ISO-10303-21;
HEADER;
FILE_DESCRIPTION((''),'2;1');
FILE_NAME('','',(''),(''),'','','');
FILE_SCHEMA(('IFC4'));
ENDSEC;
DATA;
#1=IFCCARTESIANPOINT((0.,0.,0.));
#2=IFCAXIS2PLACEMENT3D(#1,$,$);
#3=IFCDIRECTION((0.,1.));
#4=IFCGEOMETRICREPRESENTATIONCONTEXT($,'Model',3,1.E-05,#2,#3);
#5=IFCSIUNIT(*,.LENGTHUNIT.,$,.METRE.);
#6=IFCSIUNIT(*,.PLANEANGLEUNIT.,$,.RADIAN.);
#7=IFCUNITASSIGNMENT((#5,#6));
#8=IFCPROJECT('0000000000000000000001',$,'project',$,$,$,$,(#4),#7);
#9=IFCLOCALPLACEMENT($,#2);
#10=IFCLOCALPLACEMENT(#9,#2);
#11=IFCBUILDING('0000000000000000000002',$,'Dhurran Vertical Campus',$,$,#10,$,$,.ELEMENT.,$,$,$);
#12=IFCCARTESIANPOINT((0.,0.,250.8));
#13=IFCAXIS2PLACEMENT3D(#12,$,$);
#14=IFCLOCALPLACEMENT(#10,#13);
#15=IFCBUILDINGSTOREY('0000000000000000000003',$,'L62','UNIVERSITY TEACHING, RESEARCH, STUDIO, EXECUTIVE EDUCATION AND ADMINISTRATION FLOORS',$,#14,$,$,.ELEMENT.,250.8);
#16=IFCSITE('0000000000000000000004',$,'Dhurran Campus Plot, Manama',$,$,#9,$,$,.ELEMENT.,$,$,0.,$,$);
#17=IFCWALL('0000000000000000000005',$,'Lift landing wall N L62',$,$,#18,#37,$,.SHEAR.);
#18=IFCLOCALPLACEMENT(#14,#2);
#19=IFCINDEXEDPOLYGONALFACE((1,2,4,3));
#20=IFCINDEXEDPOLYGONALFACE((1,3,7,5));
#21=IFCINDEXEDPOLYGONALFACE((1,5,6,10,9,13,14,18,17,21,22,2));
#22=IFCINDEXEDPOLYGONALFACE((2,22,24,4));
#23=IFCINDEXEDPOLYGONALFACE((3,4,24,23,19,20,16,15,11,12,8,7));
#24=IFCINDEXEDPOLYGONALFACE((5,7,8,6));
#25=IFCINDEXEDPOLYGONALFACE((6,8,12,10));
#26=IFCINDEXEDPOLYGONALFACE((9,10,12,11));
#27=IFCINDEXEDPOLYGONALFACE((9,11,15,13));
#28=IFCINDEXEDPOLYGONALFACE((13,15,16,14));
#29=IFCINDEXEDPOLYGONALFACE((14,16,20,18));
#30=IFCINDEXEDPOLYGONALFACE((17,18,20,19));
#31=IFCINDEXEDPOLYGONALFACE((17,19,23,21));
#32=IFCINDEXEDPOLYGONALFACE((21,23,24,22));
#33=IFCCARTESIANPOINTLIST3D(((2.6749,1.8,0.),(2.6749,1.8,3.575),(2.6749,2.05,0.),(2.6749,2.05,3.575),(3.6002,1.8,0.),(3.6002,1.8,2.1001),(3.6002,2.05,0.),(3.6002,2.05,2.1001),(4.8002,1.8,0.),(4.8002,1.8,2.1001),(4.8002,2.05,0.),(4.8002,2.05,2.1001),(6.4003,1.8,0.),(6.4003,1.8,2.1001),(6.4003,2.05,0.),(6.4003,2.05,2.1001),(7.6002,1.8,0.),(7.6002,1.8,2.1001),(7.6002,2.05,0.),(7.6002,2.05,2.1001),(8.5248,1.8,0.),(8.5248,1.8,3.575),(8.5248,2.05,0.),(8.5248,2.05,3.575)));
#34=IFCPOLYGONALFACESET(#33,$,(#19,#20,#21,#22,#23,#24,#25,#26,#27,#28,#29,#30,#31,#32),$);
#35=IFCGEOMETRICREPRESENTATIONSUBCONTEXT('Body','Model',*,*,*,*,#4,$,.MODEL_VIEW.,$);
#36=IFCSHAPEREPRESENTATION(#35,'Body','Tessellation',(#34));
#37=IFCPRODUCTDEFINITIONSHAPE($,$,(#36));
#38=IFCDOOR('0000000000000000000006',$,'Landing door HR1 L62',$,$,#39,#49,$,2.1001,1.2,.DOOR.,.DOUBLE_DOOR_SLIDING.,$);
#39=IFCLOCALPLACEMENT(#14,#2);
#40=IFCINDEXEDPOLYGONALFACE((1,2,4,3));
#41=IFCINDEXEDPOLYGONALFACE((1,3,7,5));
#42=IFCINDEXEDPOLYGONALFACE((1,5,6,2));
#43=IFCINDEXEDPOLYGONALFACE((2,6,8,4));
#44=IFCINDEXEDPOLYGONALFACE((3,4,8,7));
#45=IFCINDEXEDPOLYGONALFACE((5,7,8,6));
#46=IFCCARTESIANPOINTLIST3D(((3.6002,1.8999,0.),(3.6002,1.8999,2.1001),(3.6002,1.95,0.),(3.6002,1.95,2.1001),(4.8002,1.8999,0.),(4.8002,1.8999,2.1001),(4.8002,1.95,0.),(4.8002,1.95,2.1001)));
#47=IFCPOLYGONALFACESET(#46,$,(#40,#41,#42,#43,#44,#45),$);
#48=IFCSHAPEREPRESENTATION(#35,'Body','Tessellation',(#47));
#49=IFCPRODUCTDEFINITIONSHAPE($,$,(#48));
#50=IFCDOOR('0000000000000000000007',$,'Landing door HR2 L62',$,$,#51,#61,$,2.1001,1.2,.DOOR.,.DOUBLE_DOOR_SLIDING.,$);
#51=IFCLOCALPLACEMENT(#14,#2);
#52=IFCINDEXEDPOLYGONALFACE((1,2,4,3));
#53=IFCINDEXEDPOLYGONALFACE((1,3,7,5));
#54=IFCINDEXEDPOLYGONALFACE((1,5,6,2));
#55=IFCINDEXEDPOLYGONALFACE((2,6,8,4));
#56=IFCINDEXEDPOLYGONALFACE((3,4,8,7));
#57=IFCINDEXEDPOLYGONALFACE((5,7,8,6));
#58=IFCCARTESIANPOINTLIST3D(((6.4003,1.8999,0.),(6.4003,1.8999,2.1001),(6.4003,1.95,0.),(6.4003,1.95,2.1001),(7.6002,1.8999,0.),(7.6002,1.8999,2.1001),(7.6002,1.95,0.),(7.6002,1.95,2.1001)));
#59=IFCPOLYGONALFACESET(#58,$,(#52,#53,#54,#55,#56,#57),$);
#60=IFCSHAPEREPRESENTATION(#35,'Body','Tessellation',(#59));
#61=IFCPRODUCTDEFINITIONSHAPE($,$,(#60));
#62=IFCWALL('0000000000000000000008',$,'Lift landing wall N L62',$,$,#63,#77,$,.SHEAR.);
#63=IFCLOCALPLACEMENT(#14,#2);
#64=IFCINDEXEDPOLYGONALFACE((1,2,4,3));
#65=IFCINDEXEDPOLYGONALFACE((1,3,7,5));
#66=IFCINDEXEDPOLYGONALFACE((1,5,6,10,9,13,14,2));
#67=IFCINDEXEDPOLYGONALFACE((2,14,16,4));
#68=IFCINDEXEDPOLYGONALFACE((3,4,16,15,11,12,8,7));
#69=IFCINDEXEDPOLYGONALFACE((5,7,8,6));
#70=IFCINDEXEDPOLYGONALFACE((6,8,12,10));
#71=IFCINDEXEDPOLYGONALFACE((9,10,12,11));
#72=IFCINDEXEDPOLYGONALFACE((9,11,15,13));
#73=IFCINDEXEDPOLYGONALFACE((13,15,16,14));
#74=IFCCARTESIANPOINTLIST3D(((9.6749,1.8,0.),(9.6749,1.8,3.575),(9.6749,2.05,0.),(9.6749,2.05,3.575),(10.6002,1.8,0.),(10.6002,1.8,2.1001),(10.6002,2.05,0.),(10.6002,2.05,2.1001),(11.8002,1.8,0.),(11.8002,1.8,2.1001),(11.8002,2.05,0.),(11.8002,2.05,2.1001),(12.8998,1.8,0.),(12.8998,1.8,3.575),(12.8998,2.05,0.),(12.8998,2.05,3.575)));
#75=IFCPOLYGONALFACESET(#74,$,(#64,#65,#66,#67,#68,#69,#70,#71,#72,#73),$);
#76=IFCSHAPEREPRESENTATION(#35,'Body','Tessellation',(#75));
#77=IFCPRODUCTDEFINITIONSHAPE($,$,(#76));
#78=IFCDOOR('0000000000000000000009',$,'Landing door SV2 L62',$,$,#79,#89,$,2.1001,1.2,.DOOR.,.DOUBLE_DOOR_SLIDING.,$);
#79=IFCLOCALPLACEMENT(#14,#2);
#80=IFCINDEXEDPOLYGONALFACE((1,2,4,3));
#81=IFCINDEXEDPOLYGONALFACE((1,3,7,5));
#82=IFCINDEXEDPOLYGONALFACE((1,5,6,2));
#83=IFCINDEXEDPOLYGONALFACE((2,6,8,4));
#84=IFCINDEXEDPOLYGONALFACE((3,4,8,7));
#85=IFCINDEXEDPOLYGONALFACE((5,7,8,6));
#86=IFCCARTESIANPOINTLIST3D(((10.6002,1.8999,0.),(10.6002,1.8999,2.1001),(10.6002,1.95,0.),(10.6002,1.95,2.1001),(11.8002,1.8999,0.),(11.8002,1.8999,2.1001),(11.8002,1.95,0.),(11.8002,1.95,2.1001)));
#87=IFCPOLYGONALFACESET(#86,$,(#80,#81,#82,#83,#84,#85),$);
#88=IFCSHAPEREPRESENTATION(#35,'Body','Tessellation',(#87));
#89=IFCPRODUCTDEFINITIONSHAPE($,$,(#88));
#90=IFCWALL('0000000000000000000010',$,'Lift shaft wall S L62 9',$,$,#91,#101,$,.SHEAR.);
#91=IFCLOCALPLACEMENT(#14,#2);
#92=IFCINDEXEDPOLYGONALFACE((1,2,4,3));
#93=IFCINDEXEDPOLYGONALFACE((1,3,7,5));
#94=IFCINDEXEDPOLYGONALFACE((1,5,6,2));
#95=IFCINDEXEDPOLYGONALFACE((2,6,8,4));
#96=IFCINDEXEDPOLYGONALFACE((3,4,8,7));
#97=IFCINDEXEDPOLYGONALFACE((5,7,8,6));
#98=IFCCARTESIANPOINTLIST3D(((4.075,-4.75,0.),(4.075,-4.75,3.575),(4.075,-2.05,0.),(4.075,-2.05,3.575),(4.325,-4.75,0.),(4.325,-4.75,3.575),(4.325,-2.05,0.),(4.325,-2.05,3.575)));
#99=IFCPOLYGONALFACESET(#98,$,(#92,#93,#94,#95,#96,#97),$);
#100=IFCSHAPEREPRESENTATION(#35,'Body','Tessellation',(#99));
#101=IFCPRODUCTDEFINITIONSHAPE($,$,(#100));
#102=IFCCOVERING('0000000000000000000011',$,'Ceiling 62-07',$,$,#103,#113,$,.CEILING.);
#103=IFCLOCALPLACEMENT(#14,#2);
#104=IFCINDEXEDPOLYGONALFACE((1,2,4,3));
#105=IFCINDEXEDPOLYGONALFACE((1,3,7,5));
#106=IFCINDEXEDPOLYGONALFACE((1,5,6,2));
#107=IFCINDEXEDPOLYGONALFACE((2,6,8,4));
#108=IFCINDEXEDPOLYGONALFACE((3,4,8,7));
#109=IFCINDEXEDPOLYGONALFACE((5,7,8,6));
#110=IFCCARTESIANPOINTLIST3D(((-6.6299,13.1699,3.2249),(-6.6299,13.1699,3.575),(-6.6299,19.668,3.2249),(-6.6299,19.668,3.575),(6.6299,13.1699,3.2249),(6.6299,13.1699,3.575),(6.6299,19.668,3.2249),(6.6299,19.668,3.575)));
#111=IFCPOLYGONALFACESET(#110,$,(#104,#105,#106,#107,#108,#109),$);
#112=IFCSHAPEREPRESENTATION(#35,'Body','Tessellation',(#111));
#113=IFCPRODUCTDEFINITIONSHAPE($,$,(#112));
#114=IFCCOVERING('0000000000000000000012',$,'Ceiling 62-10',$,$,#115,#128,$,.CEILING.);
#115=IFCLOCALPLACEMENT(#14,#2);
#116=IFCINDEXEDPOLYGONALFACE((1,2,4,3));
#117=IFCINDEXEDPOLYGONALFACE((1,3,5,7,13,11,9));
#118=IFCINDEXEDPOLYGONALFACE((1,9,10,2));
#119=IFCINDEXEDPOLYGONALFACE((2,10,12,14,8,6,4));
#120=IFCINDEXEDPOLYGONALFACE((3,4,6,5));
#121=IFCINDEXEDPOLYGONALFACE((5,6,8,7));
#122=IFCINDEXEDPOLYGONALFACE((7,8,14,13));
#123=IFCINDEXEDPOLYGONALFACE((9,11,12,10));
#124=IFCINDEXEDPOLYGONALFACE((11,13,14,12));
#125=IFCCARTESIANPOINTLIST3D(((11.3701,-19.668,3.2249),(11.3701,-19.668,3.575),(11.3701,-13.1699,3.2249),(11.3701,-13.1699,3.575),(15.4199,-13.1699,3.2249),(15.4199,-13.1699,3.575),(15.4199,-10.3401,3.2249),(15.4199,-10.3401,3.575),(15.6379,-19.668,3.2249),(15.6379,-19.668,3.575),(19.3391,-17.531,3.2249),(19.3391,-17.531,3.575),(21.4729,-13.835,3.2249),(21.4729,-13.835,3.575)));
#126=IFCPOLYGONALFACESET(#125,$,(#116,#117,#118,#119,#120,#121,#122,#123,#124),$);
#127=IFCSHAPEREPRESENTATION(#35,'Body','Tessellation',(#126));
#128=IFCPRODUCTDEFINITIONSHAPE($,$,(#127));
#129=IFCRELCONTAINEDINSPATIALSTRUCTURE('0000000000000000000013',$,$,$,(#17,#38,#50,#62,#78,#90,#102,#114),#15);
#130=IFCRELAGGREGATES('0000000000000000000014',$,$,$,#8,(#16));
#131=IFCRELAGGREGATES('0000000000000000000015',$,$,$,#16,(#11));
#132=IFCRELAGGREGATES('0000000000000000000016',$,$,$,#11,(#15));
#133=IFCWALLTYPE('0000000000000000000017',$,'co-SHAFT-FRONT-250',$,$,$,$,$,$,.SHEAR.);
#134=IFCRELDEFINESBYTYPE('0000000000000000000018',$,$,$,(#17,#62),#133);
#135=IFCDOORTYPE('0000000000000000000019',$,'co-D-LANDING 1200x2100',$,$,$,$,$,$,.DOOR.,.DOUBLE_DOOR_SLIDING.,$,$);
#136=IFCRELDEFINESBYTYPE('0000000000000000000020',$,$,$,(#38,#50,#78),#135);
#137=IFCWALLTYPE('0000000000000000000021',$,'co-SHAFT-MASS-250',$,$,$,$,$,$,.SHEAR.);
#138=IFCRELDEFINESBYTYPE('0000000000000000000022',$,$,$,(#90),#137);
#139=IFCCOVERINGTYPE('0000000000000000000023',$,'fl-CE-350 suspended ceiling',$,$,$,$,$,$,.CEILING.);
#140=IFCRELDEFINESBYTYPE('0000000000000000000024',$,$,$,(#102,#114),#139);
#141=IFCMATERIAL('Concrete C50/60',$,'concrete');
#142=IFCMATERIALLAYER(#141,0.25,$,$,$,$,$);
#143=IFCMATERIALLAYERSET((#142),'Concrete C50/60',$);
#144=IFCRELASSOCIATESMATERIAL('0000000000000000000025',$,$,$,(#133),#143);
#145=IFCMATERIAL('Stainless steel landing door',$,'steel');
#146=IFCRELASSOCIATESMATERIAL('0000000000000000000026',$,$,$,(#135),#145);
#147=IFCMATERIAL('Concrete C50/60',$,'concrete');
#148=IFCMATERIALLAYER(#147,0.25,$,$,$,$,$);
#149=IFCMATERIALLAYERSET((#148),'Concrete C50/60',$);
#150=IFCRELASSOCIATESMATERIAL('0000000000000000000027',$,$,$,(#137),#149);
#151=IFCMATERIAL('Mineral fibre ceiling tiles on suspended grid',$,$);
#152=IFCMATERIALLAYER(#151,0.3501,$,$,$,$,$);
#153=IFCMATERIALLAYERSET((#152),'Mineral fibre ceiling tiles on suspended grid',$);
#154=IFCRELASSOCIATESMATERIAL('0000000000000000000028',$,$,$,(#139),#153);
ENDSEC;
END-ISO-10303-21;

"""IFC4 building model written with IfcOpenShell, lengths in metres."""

from ifc_helpers import new_model, si_unit, direction, frame, frame_2d, origin, place, context, subcontext, project, spatial, polyline, rectangle, outline, extrude, material, layer, layer_set, type_object, element, fill, save


model = new_model("IFC4")

# Units and contexts
model_context = context("Model", 3, precision=1e-05, world=origin(), true_north=direction((0.0, 1.0)))
body_context = subcontext(model_context, "Body", "Model", "MODEL_VIEW")
ifc_project = project(units=[si_unit("LENGTHUNIT", "METRE"), si_unit("PLANEANGLEUNIT", "RADIAN")], contexts=[model_context])

# Site, building, storey
site_placement = place(None, origin())
site = spatial("IfcSite", under=ifc_project, at=site_placement, Name="Dhurran Campus Plot, Manama", CompositionType="ELEMENT", RefElevation=0.0)
building_placement = place(site_placement, origin())
building = spatial("IfcBuilding", under=site, at=building_placement, Name="Dhurran Vertical Campus", CompositionType="ELEMENT")
storey_placement = place(building_placement, frame((0.0, 0.0, 250.8)))
storey = spatial("IfcBuildingStorey", under=building, at=storey_placement, Name="L62", Description="UNIVERSITY TEACHING, RESEARCH, STUDIO, EXECUTIVE EDUCATION AND ADMINISTRATION FLOORS", CompositionType="ELEMENT", Elevation=250.8)

# Wall, openings, doors
ifc_material_1 = material(Name="Concrete C50/60", Category="concrete")
ifc_layer_1 = layer(ifc_material_1, 0.25)
ifc_layer_set_1 = layer_set([ifc_layer_1], Name="Concrete C50/60")
wall_type_1 = type_object("IfcWallType", Name="co-SHAFT-FRONT-250", PredefinedType="SHEAR", material=ifc_layer_set_1)
wall_1_placement = place(storey_placement, frame((2.675, 1.925, 0.0), z_axis=(0.0, 0.0, 1.0), x_axis=(1.0, 0.0, 0.0)))
wall_1 = element("IfcWall", 1, at=wall_1_placement, inside=storey, type_object=wall_type_1, Name="Lift landing wall N L62", PredefinedType="SHEAR", context=body_context, shape_type="SweptSolid", body=[
    extrude(rectangle(XDim=5.8499, YDim=0.25, at=frame_2d((2.9248, 0.0))), origin(), (0.0, 0.0, 1.0), 3.575),
])
opening_1_placement = place(wall_1_placement, frame((0.925, 0.0, 0.0)))
opening_1 = element("IfcOpeningElement", 2, at=opening_1_placement, cuts=wall_1, PredefinedType="OPENING", context=body_context, shape_type="SweptSolid", body=[
    extrude(rectangle(XDim=1.2, YDim=2.1001, at=frame_2d((0.6001, 1.05))), frame((0.0, 0.135, 0.0), z_axis=(0.0, -1.0, 0.0), x_axis=(1.0, 0.0, 0.0)), (0.0, 0.0, 1.0), 0.27),
])
opening_2_placement = place(wall_1_placement, frame((3.7251, 0.0, 0.0)))
opening_2 = element("IfcOpeningElement", 3, at=opening_2_placement, cuts=wall_1, PredefinedType="OPENING", context=body_context, shape_type="SweptSolid", body=[
    extrude(rectangle(XDim=1.2, YDim=2.1001, at=frame_2d((0.6001, 1.05))), frame((0.0, 0.135, 0.0), z_axis=(0.0, -1.0, 0.0), x_axis=(1.0, 0.0, 0.0)), (0.0, 0.0, 1.0), 0.27),
])
ifc_material_2 = material(Name="Stainless steel landing door", Category="steel")
door_type_1 = type_object("IfcDoorType", Name="co-D-LANDING 1200x2100", OperationType="DOUBLE_DOOR_SLIDING", PredefinedType="DOOR", material=ifc_material_2)
door_1_placement = place(opening_1_placement, origin())
door_1 = element("IfcDoor", 4, at=door_1_placement, inside=storey, type_object=door_type_1, Name="Landing door HR1 L62", OperationType="DOUBLE_DOOR_SLIDING", OverallHeight=2.1001, OverallWidth=1.2, PredefinedType="DOOR", context=body_context, shape_type="SweptSolid", body=[
    extrude(rectangle(XDim=1.2, YDim=2.1001, at=frame_2d((0.6001, 1.05))), frame((0.0, 0.0249, 0.0), z_axis=(0.0, -1.0, 0.0), x_axis=(1.0, 0.0, 0.0)), (0.0, 0.0, 1.0), 0.05),
])
fill(opening_1, door_1)
door_2_placement = place(opening_2_placement, origin())
door_2 = element("IfcDoor", 5, at=door_2_placement, inside=storey, type_object=door_type_1, Name="Landing door HR2 L62", OperationType="DOUBLE_DOOR_SLIDING", OverallHeight=2.1001, OverallWidth=1.2, PredefinedType="DOOR", context=body_context, shape_type="SweptSolid", body=[
    extrude(rectangle(XDim=1.2, YDim=2.1001, at=frame_2d((0.6001, 1.05))), frame((0.0, 0.0249, 0.0), z_axis=(0.0, -1.0, 0.0), x_axis=(1.0, 0.0, 0.0)), (0.0, 0.0, 1.0), 0.05),
])
fill(opening_2, door_2)

# Wall, opening, door
wall_2_placement = place(storey_placement, frame((9.675, 1.925, 0.0), z_axis=(0.0, 0.0, 1.0), x_axis=(1.0, 0.0, 0.0)))
wall_2 = element("IfcWall", 6, at=wall_2_placement, inside=storey, type_object=wall_type_1, Name="Lift landing wall N L62", PredefinedType="SHEAR", context=body_context, shape_type="SweptSolid", body=[
    extrude(rectangle(XDim=3.2249, YDim=0.25, at=frame_2d((1.6123, 0.0))), origin(), (0.0, 0.0, 1.0), 3.575),
])
opening_3_placement = place(wall_2_placement, frame((0.925, 0.0, 0.0)))
opening_3 = element("IfcOpeningElement", 7, at=opening_3_placement, cuts=wall_2, PredefinedType="OPENING", context=body_context, shape_type="SweptSolid", body=[
    extrude(rectangle(XDim=1.2, YDim=2.1001, at=frame_2d((0.6001, 1.05))), frame((0.0, 0.135, 0.0), z_axis=(0.0, -1.0, 0.0), x_axis=(1.0, 0.0, 0.0)), (0.0, 0.0, 1.0), 0.27),
])
door_3_placement = place(opening_3_placement, origin())
door_3 = element("IfcDoor", 8, at=door_3_placement, inside=storey, type_object=door_type_1, Name="Landing door SV2 L62", OperationType="DOUBLE_DOOR_SLIDING", OverallHeight=2.1001, OverallWidth=1.2, PredefinedType="DOOR", context=body_context, shape_type="SweptSolid", body=[
    extrude(rectangle(XDim=1.2, YDim=2.1001, at=frame_2d((0.6001, 1.05))), frame((0.0, 0.0249, 0.0), z_axis=(0.0, -1.0, 0.0), x_axis=(1.0, 0.0, 0.0)), (0.0, 0.0, 1.0), 0.05),
])
fill(opening_3, door_3)

# Wall
ifc_material_3 = material(Name="Concrete C50/60", Category="concrete")
ifc_layer_2 = layer(ifc_material_3, 0.25)
ifc_layer_set_2 = layer_set([ifc_layer_2], Name="Concrete C50/60")
wall_type_2 = type_object("IfcWallType", Name="co-SHAFT-MASS-250", PredefinedType="SHEAR", material=ifc_layer_set_2)
wall_3_placement = place(storey_placement, origin())
element("IfcWall", 9, at=wall_3_placement, inside=storey, type_object=wall_type_2, Name="Lift shaft wall S L62 9", PredefinedType="SHEAR", context=body_context, shape_type="SweptSolid", body=[
    extrude(outline(polyline([(4.075, -4.75), (4.325, -4.75), (4.325, -2.05), (4.075, -2.05), (4.075, -4.75)])), origin(), (0.0, 0.0, 1.0), 3.575),
])

# Coverings
ifc_material_4 = material(Name="Mineral fibre ceiling tiles on suspended grid")
ifc_layer_3 = layer(ifc_material_4, 0.3501)
ifc_layer_set_3 = layer_set([ifc_layer_3], Name="Mineral fibre ceiling tiles on suspended grid")
covering_type = type_object("IfcCoveringType", Name="fl-CE-350 suspended ceiling", PredefinedType="CEILING", material=ifc_layer_set_3)
covering_1_placement = place(storey_placement, frame((0.0, 0.0, 3.2249)))
element("IfcCovering", 10, at=covering_1_placement, inside=storey, type_object=covering_type, Name="Ceiling 62-07", PredefinedType="CEILING", context=body_context, shape_type="SweptSolid", body=[
    extrude(outline(polyline([(-6.6299, 19.668), (6.6299, 19.668), (6.6299, 13.1699), (-6.6299, 13.1699), (-6.6299, 19.668)])), origin(), (0.0, 0.0, 1.0), 0.3501),
])
covering_2_placement = place(storey_placement, frame((0.0, 0.0, 3.2249)))
element("IfcCovering", 11, at=covering_2_placement, inside=storey, type_object=covering_type, Name="Ceiling 62-10", PredefinedType="CEILING", context=body_context, shape_type="SweptSolid", body=[
    extrude(outline(polyline([(21.4729, -13.835), (19.3391, -17.531), (15.6379, -19.668), (11.3701, -19.668), (11.3701, -13.1699), (15.4199, -13.1699), (15.4199, -10.3401), (21.4729, -13.835)])), origin(), (0.0, 0.0, 1.0), 0.3501),
])

save(model, "model.ifc")
